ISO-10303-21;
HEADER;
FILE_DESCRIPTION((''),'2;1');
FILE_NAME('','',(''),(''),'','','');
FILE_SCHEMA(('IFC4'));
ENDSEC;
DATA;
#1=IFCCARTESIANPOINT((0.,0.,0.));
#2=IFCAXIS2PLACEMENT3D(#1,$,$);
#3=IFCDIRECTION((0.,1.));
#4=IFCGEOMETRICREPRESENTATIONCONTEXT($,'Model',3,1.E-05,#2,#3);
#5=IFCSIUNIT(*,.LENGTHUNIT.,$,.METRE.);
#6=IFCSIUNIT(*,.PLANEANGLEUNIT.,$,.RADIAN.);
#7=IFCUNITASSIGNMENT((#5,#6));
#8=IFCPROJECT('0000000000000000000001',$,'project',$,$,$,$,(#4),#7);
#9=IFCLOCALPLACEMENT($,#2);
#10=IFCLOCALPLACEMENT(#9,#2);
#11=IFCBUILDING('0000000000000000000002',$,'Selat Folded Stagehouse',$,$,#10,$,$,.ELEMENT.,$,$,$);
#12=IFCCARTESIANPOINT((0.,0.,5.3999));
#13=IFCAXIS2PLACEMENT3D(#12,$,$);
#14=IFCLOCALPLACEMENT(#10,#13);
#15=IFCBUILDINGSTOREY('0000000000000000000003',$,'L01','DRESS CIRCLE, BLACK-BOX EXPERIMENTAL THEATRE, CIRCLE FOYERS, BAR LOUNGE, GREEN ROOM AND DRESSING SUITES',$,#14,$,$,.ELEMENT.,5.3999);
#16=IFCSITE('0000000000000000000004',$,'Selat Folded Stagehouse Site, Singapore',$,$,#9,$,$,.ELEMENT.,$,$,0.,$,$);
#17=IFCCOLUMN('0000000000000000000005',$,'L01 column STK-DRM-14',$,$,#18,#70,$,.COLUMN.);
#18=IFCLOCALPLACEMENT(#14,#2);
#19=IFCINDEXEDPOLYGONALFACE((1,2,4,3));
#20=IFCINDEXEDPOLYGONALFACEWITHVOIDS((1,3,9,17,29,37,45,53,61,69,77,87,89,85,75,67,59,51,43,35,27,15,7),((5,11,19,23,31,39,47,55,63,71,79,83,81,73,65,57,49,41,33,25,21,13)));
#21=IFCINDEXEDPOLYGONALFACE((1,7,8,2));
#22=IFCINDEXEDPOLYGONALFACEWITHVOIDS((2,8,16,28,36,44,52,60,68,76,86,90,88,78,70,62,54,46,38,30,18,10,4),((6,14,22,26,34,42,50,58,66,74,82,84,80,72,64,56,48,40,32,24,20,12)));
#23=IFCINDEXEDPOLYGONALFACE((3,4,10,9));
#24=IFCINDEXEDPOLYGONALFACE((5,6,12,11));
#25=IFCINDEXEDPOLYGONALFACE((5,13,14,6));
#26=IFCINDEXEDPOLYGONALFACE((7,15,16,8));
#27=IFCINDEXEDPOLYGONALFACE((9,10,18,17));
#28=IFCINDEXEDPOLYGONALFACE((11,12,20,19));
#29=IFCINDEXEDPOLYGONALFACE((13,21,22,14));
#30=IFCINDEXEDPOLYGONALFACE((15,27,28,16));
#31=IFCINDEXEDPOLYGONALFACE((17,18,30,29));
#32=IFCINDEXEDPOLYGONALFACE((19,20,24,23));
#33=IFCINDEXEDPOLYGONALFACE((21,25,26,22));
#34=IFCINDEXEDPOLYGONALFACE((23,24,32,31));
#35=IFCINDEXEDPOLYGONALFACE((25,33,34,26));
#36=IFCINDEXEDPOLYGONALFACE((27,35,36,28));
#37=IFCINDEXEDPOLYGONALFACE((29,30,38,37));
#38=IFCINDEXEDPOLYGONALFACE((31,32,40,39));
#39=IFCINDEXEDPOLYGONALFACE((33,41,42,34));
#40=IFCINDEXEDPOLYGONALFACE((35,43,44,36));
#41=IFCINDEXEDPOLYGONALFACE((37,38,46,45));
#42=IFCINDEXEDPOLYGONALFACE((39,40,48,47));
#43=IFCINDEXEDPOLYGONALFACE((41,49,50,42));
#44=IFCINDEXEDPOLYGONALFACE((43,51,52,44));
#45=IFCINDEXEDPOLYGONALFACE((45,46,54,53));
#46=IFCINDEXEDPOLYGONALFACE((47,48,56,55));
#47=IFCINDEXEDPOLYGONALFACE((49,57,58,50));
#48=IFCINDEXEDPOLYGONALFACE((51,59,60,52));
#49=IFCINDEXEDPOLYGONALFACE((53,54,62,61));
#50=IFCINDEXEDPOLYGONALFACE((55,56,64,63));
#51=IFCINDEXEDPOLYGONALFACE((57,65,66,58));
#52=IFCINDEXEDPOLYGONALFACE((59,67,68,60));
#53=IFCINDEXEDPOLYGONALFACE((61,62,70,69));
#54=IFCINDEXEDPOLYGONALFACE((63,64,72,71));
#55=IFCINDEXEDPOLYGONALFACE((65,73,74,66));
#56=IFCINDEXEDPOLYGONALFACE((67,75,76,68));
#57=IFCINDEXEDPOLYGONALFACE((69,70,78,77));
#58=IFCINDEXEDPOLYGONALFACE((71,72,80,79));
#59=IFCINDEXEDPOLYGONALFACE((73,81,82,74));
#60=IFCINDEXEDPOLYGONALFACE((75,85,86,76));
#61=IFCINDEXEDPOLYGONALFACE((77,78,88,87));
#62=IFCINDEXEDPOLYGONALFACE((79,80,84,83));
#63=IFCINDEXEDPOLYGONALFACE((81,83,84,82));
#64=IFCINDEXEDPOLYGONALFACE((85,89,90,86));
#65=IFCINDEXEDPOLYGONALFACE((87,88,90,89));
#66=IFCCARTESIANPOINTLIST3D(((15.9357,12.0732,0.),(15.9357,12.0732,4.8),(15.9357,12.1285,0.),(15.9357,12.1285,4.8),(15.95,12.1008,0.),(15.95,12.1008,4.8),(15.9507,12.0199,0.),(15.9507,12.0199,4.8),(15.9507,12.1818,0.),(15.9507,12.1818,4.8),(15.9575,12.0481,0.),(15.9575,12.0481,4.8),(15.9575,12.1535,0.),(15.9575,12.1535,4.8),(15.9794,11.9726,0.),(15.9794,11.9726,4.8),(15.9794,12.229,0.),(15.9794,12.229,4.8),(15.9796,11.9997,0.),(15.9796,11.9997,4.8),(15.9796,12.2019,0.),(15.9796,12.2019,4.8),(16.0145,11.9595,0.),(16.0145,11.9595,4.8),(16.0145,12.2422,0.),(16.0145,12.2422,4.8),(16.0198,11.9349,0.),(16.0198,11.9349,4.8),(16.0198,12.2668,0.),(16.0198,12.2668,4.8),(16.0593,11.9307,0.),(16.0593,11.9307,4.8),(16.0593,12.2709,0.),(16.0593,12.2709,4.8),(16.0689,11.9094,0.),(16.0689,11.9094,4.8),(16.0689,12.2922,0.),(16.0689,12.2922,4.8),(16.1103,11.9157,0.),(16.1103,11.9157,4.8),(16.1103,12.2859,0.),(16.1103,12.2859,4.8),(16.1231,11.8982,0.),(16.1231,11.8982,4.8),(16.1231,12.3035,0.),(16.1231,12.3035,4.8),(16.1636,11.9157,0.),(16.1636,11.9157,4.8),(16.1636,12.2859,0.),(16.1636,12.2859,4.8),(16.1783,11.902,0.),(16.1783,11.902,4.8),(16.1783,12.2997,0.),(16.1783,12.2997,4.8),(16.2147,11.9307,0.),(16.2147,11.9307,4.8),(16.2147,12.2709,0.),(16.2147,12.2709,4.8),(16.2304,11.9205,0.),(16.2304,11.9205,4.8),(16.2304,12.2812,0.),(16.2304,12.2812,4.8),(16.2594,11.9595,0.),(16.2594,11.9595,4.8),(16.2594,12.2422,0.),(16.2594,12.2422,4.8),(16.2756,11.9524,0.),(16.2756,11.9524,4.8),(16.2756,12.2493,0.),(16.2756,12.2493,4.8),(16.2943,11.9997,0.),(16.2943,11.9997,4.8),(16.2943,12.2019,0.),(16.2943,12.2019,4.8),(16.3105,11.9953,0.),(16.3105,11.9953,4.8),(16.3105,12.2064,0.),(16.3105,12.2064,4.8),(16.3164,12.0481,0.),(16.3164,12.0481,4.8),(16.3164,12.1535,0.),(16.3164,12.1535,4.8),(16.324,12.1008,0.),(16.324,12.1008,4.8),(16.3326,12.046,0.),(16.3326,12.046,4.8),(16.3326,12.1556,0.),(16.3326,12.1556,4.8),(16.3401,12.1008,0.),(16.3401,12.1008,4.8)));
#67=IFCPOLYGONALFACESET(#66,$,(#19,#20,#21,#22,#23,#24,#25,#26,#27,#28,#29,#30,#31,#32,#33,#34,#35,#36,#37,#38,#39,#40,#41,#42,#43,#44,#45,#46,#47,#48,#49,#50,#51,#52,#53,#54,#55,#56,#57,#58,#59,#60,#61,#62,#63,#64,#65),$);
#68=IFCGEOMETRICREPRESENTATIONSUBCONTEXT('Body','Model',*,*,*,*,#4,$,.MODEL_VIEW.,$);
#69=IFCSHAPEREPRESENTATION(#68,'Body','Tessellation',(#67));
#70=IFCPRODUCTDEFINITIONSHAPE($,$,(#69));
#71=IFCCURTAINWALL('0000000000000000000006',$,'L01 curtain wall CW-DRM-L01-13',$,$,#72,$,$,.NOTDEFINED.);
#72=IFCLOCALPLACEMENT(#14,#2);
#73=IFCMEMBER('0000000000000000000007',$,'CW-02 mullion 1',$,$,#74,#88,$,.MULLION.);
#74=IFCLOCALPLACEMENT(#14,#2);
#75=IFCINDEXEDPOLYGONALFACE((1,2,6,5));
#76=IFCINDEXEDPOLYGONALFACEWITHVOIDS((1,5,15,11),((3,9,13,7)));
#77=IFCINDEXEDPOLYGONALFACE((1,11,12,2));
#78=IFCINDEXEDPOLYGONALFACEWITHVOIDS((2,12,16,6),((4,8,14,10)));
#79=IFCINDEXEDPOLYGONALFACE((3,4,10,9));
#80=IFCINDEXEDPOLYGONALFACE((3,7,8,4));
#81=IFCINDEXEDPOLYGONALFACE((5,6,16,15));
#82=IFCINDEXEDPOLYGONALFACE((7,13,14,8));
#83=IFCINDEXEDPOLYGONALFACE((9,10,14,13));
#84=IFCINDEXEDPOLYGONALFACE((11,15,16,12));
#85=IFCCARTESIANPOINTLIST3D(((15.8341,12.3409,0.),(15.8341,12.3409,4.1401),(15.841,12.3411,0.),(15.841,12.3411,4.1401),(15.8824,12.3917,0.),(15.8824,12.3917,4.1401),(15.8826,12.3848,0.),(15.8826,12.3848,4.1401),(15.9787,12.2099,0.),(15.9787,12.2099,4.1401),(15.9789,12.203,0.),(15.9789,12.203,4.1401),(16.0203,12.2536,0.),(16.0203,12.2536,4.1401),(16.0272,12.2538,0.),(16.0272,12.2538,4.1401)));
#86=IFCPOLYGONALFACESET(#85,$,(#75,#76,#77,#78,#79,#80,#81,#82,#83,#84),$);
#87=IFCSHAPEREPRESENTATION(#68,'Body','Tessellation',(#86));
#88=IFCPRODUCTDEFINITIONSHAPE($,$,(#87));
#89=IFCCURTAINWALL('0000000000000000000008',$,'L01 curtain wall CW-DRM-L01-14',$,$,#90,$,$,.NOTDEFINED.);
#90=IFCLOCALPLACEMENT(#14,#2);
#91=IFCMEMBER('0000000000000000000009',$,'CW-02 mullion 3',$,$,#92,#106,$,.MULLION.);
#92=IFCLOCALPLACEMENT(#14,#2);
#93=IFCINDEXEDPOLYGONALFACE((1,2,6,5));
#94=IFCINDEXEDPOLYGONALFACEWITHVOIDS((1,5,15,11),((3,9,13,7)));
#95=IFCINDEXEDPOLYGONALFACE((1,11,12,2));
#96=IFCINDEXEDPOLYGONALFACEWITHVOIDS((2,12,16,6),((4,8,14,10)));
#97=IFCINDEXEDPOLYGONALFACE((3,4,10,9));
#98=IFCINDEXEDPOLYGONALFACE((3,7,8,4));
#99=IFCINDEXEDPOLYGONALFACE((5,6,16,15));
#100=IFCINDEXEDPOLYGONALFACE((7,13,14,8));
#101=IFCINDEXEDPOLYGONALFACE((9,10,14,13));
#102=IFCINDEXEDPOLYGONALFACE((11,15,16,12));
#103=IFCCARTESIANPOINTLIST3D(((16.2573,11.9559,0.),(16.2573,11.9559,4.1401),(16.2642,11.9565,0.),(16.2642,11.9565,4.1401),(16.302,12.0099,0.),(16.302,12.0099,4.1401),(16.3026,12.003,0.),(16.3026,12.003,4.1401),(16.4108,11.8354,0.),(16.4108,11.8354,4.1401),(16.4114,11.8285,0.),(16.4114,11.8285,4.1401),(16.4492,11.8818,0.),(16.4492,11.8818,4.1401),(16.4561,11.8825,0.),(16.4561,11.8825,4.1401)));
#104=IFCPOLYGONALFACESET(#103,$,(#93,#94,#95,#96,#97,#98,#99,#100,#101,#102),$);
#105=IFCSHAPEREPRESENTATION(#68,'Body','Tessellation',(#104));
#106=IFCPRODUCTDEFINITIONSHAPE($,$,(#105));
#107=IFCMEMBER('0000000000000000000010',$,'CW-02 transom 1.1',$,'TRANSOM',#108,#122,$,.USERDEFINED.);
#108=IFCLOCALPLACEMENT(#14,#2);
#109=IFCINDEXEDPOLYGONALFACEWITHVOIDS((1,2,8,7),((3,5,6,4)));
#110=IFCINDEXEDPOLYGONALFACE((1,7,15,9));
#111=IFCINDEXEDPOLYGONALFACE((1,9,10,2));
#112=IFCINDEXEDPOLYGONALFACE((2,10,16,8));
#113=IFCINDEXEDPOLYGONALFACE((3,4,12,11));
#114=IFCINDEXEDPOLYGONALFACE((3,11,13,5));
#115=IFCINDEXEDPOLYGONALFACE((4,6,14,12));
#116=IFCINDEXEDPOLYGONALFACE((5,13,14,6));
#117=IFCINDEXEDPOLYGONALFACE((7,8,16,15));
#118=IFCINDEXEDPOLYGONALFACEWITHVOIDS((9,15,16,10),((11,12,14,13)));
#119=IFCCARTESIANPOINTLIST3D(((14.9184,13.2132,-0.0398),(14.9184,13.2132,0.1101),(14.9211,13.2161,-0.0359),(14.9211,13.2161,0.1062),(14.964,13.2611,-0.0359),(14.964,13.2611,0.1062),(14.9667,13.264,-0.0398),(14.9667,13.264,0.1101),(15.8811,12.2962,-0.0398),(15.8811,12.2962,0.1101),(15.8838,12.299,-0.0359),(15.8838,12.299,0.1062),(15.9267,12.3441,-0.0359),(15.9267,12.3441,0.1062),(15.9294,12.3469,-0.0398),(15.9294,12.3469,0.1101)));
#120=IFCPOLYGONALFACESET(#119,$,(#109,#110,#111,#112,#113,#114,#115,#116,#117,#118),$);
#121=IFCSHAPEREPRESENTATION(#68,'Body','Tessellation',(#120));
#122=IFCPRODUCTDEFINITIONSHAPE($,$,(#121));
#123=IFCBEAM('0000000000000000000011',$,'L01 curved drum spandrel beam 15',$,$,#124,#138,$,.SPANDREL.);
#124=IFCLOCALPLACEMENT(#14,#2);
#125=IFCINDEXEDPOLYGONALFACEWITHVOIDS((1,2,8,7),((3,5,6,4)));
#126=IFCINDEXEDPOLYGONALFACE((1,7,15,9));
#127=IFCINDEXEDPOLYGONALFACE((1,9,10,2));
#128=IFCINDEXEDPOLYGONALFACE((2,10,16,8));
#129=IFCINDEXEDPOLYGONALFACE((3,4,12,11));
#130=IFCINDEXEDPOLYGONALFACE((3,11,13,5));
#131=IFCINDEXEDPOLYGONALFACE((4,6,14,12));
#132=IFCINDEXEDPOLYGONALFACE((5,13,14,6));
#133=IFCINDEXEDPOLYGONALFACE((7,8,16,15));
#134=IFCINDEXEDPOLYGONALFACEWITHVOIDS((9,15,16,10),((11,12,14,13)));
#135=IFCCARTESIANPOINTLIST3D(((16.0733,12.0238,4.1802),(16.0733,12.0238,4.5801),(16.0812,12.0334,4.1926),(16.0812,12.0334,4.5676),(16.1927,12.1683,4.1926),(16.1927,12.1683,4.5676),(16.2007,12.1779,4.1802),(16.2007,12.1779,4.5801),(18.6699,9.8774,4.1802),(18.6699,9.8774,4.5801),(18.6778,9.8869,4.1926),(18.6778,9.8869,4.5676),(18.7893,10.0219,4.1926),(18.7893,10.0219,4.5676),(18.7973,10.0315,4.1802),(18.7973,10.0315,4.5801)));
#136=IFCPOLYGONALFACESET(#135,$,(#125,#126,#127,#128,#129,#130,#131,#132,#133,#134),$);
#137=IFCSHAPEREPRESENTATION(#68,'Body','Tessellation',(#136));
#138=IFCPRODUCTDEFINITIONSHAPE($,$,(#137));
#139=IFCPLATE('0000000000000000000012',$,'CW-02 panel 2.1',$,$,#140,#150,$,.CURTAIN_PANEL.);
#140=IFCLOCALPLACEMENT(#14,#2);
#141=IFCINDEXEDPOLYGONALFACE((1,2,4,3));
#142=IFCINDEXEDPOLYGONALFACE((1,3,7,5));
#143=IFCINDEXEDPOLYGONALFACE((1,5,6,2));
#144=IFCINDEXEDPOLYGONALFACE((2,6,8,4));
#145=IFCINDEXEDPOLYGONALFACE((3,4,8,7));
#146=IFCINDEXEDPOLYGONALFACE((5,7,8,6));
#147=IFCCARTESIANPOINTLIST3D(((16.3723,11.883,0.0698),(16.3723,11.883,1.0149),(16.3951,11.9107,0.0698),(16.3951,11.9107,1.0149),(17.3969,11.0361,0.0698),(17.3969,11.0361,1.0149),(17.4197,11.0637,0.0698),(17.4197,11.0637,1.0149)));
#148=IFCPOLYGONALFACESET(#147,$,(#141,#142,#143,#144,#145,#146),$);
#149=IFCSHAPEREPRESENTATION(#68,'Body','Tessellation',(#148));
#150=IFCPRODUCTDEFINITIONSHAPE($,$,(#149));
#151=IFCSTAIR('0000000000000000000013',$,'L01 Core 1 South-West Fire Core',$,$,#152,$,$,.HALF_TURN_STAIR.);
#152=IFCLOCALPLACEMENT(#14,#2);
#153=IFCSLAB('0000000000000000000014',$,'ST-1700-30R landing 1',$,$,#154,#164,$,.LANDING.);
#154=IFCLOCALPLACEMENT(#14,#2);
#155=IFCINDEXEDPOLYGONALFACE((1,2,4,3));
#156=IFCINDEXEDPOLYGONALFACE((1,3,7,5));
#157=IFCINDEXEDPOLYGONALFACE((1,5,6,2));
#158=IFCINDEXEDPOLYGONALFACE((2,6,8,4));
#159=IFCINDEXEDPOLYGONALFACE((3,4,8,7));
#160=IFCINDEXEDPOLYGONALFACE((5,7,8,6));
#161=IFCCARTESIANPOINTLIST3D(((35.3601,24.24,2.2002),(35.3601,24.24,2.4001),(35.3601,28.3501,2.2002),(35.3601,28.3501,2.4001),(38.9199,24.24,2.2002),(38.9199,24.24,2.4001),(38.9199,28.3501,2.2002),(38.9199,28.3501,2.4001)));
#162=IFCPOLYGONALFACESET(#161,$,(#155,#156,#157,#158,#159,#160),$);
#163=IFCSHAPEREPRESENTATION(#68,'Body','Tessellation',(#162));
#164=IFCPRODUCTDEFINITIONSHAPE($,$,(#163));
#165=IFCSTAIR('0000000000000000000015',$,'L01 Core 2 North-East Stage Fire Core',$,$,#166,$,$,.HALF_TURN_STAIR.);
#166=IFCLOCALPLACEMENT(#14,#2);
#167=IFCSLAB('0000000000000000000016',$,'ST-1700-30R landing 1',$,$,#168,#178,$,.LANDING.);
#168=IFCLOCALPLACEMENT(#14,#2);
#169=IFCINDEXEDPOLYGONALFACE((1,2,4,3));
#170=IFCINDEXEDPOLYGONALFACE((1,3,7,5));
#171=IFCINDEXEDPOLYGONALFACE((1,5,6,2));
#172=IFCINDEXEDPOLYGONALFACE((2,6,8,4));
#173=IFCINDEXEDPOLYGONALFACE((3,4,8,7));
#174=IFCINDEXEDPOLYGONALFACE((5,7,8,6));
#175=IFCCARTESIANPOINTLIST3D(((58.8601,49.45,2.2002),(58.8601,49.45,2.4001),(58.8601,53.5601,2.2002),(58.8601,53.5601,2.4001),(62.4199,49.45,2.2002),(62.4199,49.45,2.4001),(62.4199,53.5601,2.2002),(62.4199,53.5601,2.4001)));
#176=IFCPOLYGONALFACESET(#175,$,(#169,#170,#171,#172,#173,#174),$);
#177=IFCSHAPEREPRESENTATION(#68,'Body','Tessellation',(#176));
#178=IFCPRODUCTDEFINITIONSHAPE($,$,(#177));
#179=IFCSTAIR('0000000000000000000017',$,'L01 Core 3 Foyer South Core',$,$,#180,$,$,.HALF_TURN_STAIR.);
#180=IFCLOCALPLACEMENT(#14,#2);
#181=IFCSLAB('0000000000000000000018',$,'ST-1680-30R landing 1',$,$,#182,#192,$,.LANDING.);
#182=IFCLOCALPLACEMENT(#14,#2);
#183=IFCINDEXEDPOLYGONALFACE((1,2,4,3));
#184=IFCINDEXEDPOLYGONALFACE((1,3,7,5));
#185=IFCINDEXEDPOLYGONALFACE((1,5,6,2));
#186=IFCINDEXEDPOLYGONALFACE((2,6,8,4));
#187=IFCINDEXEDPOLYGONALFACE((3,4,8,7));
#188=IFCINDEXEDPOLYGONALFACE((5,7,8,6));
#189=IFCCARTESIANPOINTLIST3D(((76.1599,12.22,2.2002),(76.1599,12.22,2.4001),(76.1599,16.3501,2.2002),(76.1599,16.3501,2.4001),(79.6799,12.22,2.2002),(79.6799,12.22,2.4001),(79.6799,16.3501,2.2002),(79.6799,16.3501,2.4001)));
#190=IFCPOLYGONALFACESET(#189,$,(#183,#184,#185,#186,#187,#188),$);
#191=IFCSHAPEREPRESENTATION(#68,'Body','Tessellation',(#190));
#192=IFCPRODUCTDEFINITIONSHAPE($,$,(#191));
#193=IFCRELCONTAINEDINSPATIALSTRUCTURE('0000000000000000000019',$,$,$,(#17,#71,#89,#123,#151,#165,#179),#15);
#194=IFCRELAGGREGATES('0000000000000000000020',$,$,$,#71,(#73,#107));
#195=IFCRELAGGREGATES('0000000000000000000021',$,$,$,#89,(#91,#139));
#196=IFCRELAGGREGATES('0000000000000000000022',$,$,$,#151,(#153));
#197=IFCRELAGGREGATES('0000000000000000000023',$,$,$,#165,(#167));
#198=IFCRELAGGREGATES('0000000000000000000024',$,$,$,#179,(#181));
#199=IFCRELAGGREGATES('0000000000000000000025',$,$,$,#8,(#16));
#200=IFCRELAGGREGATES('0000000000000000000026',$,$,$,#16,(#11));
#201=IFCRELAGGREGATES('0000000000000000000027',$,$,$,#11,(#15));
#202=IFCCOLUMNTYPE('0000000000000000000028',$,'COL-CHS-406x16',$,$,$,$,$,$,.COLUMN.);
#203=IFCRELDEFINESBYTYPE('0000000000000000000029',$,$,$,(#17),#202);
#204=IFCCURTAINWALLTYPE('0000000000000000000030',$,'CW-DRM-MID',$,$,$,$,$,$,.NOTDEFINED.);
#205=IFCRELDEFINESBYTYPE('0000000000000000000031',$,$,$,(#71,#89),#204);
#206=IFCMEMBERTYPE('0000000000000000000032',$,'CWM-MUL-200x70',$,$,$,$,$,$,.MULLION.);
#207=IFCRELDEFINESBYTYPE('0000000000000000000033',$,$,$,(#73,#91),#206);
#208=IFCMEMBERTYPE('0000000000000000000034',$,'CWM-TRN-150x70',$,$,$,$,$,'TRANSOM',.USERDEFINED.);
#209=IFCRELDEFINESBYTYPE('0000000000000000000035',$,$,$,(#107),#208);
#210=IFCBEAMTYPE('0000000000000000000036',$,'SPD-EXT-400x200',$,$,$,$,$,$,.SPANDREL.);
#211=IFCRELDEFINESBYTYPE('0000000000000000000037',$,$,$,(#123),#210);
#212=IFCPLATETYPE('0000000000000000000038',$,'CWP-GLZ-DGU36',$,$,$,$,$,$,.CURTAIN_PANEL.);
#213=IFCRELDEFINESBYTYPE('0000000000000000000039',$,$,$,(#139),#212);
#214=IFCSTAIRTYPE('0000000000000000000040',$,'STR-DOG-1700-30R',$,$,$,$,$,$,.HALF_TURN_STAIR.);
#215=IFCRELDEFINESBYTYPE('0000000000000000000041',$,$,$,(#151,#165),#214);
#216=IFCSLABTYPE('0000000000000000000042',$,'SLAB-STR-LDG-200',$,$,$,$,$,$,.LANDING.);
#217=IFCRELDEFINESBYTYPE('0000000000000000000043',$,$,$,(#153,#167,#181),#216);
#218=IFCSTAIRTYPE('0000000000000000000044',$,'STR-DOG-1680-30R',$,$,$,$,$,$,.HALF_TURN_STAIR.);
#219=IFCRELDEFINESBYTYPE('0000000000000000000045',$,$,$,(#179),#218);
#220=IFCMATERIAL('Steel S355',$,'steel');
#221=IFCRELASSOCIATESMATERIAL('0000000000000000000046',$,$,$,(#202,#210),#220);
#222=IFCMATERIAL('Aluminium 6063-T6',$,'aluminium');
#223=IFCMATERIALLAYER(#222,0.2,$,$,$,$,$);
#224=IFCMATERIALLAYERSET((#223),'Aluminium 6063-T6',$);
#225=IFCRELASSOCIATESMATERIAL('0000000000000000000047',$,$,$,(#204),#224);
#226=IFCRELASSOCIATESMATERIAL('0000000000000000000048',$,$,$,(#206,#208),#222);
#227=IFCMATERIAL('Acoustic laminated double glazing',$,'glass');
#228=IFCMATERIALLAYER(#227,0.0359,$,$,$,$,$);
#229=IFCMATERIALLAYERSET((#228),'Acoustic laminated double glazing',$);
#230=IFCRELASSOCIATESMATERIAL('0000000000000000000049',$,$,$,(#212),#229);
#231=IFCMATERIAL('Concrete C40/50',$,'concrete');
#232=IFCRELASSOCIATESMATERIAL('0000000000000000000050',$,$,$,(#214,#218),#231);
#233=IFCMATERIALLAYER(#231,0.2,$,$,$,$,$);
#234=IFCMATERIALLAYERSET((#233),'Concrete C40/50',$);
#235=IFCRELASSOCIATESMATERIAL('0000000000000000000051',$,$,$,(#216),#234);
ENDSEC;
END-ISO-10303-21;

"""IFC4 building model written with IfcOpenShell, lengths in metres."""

from ifc_helpers import new_model, si_unit, direction, frame, origin, origin_2d, place, context, subcontext, project, spatial, polyline, rectangle, hollow_rectangle, hollow_circle, outline, extrude, material, layer, layer_set, material_profile, profile_set, type_object, element, aggregate, save


model = new_model("IFC4")

# Units and contexts
model_context = context("Model", 3, precision=1e-05, world=origin(), true_north=direction((0.0, 1.0)))
body_context = subcontext(model_context, "Body", "Model", "MODEL_VIEW")
ifc_project = project(units=[si_unit("LENGTHUNIT", "METRE"), si_unit("PLANEANGLEUNIT", "RADIAN")], contexts=[model_context])

# Site, building, storey
site_placement = place(None, origin())
site = spatial("IfcSite", under=ifc_project, at=site_placement, Name="Selat Folded Stagehouse Site, Singapore", CompositionType="ELEMENT", RefElevation=0.0)
building_placement = place(site_placement, origin())
building = spatial("IfcBuilding", under=site, at=building_placement, Name="Selat Folded Stagehouse", CompositionType="ELEMENT")
storey_placement = place(building_placement, frame((0.0, 0.0, 5.3999)))
storey = spatial("IfcBuildingStorey", under=building, at=storey_placement, Name="L01", Description="DRESS CIRCLE, BLACK-BOX EXPERIMENTAL THEATRE, CIRCLE FOYERS, BAR LOUNGE, GREEN ROOM AND DRESSING SUITES", CompositionType="ELEMENT", Elevation=5.3999)

# Column
ifc_material_1 = material(Name="Steel S355", Category="steel")
ifc_material_profile_1 = material_profile(ifc_material_1, hollow_circle(Radius=0.2031, WallThickness=0.0161, at=origin_2d()), Name="CHS 406.4x16.0")
ifc_profile_set_1 = profile_set([ifc_material_profile_1], Name="Steel S355")
column_type = type_object("IfcColumnType", Name="COL-CHS-406x16", PredefinedType="COLUMN", material=ifc_profile_set_1)
column_placement = place(storey_placement, frame((16.137, 12.1008, 0.0), z_axis=(0.0, 0.0, 1.0), x_axis=(1.0, 0.0, 0.0)))
element("IfcColumn", 1, at=column_placement, inside=storey, type_object=column_type, Name="L01 column STK-DRM-14", PredefinedType="COLUMN", context=body_context, shape_type="SweptSolid", body=[
    extrude(hollow_circle(Radius=0.2031, WallThickness=0.0161, at=origin_2d()), origin(), (0.0, 0.0, 1.0), 4.8),
])

# Curtain walls, members
ifc_material_2 = material(Name="Aluminium 6063-T6", Category="aluminium")
ifc_layer_1 = layer(ifc_material_2, 0.2)
ifc_layer_set_1 = layer_set([ifc_layer_1], Name="Aluminium 6063-T6")
curtain_wall_type = type_object("IfcCurtainWallType", Name="CW-DRM-MID", PredefinedType="NOTDEFINED", material=ifc_layer_set_1)
curtain_wall_1_placement = place(storey_placement, origin())
curtain_wall_1 = element("IfcCurtainWall", 2, at=curtain_wall_1_placement, inside=storey, type_object=curtain_wall_type, Name="L01 curtain wall CW-DRM-L01-13", PredefinedType="NOTDEFINED")
ifc_material_profile_2 = material_profile(ifc_material_2, hollow_rectangle(XDim=0.0701, YDim=0.2, WallThickness=0.0049, at=origin_2d()), Name="ALU 200x70x5.0")
ifc_profile_set_2 = profile_set([ifc_material_profile_2], Name="Aluminium 6063-T6")
member_type_1 = type_object("IfcMemberType", Name="CWM-MUL-200x70", PredefinedType="MULLION", material=ifc_profile_set_2)
member_1_placement = place(storey_placement, frame((15.9307, 12.2974, 0.0), z_axis=(0.0, 0.0, 1.0), x_axis=(-0.689661, -0.724132, 0.0)))
member_1 = element("IfcMember", 3, at=member_1_placement, type_object=member_type_1, Name="CW-02 mullion 1", PredefinedType="MULLION", context=body_context, shape_type="SweptSolid", body=[
    extrude(hollow_rectangle(XDim=0.0701, YDim=0.2, WallThickness=0.0049, at=origin_2d()), origin(), (0.0, 0.0, 1.0), 4.1401),
])
curtain_wall_2_placement = place(storey_placement, origin())
curtain_wall_2 = element("IfcCurtainWall", 4, at=curtain_wall_2_placement, inside=storey, type_object=curtain_wall_type, Name="L01 curtain wall CW-DRM-L01-14", PredefinedType="NOTDEFINED")
member_2_placement = place(storey_placement, frame((16.3567, 11.9192, 0.0), z_axis=(0.0, 0.0, 1.0), x_axis=(-0.637142, -0.770747, 0.0)))
member_2 = element("IfcMember", 5, at=member_2_placement, type_object=member_type_1, Name="CW-02 mullion 3", PredefinedType="MULLION", context=body_context, shape_type="SweptSolid", body=[
    extrude(hollow_rectangle(XDim=0.0701, YDim=0.2, WallThickness=0.0049, at=origin_2d()), origin(), (0.0, 0.0, 1.0), 4.1401),
])

# Member
ifc_material_profile_3 = material_profile(ifc_material_2, hollow_rectangle(XDim=0.0701, YDim=0.1499, WallThickness=0.0039, at=origin_2d()), Name="ALU 150x70x4.0")
ifc_profile_set_3 = profile_set([ifc_material_profile_3], Name="Aluminium 6063-T6")
member_type_2 = type_object("IfcMemberType", Name="CWM-TRN-150x70", ElementType="TRANSOM", PredefinedType="USERDEFINED", material=ifc_profile_set_3)
member_3_placement = place(storey_placement, frame((15.9053, 12.3215, 0.0352), z_axis=(-0.724068, 0.689729, 0.0), x_axis=(-0.689729, -0.724068, 0.0)))
member_3 = element("IfcMember", 6, at=member_3_placement, type_object=member_type_2, Name="CW-02 transom 1.1", ObjectType="TRANSOM", PredefinedType="USERDEFINED", context=body_context, shape_type="SweptSolid", body=[
    extrude(hollow_rectangle(XDim=0.0701, YDim=0.1499, WallThickness=0.0039, at=origin_2d()), origin(), (0.0, 0.0, 1.0), 1.3296),
])
aggregate(curtain_wall_1, [member_1, member_3])

# Beam
ifc_material_profile_4 = material_profile(ifc_material_1, hollow_rectangle(XDim=0.2, YDim=0.3999, WallThickness=0.0125, at=origin_2d()), Name="RHS 400x200x12.5")
ifc_profile_set_4 = profile_set([ifc_material_profile_4], Name="Steel S355")
beam_type = type_object("IfcBeamType", Name="SPD-EXT-400x200", PredefinedType="SPANDREL", material=ifc_profile_set_4)
beam_placement = place(storey_placement, frame((16.137, 12.1008, 4.3801), z_axis=(0.770758, -0.637129, 0.0), x_axis=(0.637129, 0.770758, 0.0)))
element("IfcBeam", 7, at=beam_placement, inside=storey, type_object=beam_type, Name="L01 curved drum spandrel beam 15", PredefinedType="SPANDREL", context=body_context, shape_type="SweptSolid", body=[
    extrude(hollow_rectangle(XDim=0.2, YDim=0.3999, WallThickness=0.0125, at=origin_2d()), origin(), (0.0, 0.0, 1.0), 3.3689),
])

# Plate
ifc_material_3 = material(Name="Acoustic laminated double glazing", Category="glass")
ifc_layer_2 = layer(ifc_material_3, 0.0359)
ifc_layer_set_2 = layer_set([ifc_layer_2], Name="Acoustic laminated double glazing")
plate_type = type_object("IfcPlateType", Name="CWP-GLZ-DGU36", PredefinedType="CURTAIN_PANEL", material=ifc_layer_set_2)
plate_placement = place(storey_placement, frame((16.896, 11.4734, 0.0698), z_axis=(0.0, 0.0, 1.0), x_axis=(-0.770747, 0.637142, 0.0)))
plate = element("IfcPlate", 8, at=plate_placement, type_object=plate_type, Name="CW-02 panel 2.1", PredefinedType="CURTAIN_PANEL", context=body_context, shape_type="SweptSolid", body=[
    extrude(rectangle(XDim=1.3293, YDim=0.0359, at=origin_2d()), origin(), (0.0, 0.0, 1.0), 0.9451),
])
aggregate(curtain_wall_2, [member_2, plate])

# Stairs, slabs
ifc_material_4 = material(Name="Concrete C40/50", Category="concrete")
stair_type_1 = type_object("IfcStairType", Name="STR-DOG-1700-30R", PredefinedType="HALF_TURN_STAIR", material=ifc_material_4)
stair_1_placement = place(storey_placement, origin())
stair_1 = element("IfcStair", 9, at=stair_1_placement, inside=storey, type_object=stair_type_1, Name="L01 Core 1 South-West Fire Core", PredefinedType="HALF_TURN_STAIR")
ifc_layer_3 = layer(ifc_material_4, 0.2)
ifc_layer_set_3 = layer_set([ifc_layer_3], Name="Concrete C40/50")
slab_type = type_object("IfcSlabType", Name="SLAB-STR-LDG-200", PredefinedType="LANDING", material=ifc_layer_set_3)
slab_1_placement = place(storey_placement, frame((0.0, 0.0, 2.2002)))
slab_1 = element("IfcSlab", 10, at=slab_1_placement, type_object=slab_type, Name="ST-1700-30R landing 1", PredefinedType="LANDING", context=body_context, shape_type="SweptSolid", body=[
    extrude(outline(polyline([(35.3601, 28.3501), (35.3601, 24.24), (38.9199, 24.24), (38.9199, 28.3501), (35.3601, 28.3501)])), origin(), (0.0, 0.0, 1.0), 0.2),
])
aggregate(stair_1, [slab_1])
stair_2_placement = place(storey_placement, origin())
stair_2 = element("IfcStair", 11, at=stair_2_placement, inside=storey, type_object=stair_type_1, Name="L01 Core 2 North-East Stage Fire Core", PredefinedType="HALF_TURN_STAIR")
slab_2_placement = place(storey_placement, frame((0.0, 0.0, 2.2002)))
slab_2 = element("IfcSlab", 12, at=slab_2_placement, type_object=slab_type, Name="ST-1700-30R landing 1", PredefinedType="LANDING", context=body_context, shape_type="SweptSolid", body=[
    extrude(outline(polyline([(62.4199, 49.45), (62.4199, 53.5601), (58.8601, 53.5601), (58.8601, 49.45), (62.4199, 49.45)])), origin(), (0.0, 0.0, 1.0), 0.2),
])
aggregate(stair_2, [slab_2])
stair_type_2 = type_object("IfcStairType", Name="STR-DOG-1680-30R", PredefinedType="HALF_TURN_STAIR", material=ifc_material_4)
stair_3_placement = place(storey_placement, origin())
stair_3 = element("IfcStair", 13, at=stair_3_placement, inside=storey, type_object=stair_type_2, Name="L01 Core 3 Foyer South Core", PredefinedType="HALF_TURN_STAIR")
slab_3_placement = place(storey_placement, frame((0.0, 0.0, 2.2002)))
slab_3 = element("IfcSlab", 14, at=slab_3_placement, type_object=slab_type, Name="ST-1680-30R landing 1", PredefinedType="LANDING", context=body_context, shape_type="SweptSolid", body=[
    extrude(outline(polyline([(79.6799, 12.22), (79.6799, 16.3501), (76.1599, 16.3501), (76.1599, 12.22), (79.6799, 12.22)])), origin(), (0.0, 0.0, 1.0), 0.2),
])
aggregate(stair_3, [slab_3])

save(model, "model.ifc")
